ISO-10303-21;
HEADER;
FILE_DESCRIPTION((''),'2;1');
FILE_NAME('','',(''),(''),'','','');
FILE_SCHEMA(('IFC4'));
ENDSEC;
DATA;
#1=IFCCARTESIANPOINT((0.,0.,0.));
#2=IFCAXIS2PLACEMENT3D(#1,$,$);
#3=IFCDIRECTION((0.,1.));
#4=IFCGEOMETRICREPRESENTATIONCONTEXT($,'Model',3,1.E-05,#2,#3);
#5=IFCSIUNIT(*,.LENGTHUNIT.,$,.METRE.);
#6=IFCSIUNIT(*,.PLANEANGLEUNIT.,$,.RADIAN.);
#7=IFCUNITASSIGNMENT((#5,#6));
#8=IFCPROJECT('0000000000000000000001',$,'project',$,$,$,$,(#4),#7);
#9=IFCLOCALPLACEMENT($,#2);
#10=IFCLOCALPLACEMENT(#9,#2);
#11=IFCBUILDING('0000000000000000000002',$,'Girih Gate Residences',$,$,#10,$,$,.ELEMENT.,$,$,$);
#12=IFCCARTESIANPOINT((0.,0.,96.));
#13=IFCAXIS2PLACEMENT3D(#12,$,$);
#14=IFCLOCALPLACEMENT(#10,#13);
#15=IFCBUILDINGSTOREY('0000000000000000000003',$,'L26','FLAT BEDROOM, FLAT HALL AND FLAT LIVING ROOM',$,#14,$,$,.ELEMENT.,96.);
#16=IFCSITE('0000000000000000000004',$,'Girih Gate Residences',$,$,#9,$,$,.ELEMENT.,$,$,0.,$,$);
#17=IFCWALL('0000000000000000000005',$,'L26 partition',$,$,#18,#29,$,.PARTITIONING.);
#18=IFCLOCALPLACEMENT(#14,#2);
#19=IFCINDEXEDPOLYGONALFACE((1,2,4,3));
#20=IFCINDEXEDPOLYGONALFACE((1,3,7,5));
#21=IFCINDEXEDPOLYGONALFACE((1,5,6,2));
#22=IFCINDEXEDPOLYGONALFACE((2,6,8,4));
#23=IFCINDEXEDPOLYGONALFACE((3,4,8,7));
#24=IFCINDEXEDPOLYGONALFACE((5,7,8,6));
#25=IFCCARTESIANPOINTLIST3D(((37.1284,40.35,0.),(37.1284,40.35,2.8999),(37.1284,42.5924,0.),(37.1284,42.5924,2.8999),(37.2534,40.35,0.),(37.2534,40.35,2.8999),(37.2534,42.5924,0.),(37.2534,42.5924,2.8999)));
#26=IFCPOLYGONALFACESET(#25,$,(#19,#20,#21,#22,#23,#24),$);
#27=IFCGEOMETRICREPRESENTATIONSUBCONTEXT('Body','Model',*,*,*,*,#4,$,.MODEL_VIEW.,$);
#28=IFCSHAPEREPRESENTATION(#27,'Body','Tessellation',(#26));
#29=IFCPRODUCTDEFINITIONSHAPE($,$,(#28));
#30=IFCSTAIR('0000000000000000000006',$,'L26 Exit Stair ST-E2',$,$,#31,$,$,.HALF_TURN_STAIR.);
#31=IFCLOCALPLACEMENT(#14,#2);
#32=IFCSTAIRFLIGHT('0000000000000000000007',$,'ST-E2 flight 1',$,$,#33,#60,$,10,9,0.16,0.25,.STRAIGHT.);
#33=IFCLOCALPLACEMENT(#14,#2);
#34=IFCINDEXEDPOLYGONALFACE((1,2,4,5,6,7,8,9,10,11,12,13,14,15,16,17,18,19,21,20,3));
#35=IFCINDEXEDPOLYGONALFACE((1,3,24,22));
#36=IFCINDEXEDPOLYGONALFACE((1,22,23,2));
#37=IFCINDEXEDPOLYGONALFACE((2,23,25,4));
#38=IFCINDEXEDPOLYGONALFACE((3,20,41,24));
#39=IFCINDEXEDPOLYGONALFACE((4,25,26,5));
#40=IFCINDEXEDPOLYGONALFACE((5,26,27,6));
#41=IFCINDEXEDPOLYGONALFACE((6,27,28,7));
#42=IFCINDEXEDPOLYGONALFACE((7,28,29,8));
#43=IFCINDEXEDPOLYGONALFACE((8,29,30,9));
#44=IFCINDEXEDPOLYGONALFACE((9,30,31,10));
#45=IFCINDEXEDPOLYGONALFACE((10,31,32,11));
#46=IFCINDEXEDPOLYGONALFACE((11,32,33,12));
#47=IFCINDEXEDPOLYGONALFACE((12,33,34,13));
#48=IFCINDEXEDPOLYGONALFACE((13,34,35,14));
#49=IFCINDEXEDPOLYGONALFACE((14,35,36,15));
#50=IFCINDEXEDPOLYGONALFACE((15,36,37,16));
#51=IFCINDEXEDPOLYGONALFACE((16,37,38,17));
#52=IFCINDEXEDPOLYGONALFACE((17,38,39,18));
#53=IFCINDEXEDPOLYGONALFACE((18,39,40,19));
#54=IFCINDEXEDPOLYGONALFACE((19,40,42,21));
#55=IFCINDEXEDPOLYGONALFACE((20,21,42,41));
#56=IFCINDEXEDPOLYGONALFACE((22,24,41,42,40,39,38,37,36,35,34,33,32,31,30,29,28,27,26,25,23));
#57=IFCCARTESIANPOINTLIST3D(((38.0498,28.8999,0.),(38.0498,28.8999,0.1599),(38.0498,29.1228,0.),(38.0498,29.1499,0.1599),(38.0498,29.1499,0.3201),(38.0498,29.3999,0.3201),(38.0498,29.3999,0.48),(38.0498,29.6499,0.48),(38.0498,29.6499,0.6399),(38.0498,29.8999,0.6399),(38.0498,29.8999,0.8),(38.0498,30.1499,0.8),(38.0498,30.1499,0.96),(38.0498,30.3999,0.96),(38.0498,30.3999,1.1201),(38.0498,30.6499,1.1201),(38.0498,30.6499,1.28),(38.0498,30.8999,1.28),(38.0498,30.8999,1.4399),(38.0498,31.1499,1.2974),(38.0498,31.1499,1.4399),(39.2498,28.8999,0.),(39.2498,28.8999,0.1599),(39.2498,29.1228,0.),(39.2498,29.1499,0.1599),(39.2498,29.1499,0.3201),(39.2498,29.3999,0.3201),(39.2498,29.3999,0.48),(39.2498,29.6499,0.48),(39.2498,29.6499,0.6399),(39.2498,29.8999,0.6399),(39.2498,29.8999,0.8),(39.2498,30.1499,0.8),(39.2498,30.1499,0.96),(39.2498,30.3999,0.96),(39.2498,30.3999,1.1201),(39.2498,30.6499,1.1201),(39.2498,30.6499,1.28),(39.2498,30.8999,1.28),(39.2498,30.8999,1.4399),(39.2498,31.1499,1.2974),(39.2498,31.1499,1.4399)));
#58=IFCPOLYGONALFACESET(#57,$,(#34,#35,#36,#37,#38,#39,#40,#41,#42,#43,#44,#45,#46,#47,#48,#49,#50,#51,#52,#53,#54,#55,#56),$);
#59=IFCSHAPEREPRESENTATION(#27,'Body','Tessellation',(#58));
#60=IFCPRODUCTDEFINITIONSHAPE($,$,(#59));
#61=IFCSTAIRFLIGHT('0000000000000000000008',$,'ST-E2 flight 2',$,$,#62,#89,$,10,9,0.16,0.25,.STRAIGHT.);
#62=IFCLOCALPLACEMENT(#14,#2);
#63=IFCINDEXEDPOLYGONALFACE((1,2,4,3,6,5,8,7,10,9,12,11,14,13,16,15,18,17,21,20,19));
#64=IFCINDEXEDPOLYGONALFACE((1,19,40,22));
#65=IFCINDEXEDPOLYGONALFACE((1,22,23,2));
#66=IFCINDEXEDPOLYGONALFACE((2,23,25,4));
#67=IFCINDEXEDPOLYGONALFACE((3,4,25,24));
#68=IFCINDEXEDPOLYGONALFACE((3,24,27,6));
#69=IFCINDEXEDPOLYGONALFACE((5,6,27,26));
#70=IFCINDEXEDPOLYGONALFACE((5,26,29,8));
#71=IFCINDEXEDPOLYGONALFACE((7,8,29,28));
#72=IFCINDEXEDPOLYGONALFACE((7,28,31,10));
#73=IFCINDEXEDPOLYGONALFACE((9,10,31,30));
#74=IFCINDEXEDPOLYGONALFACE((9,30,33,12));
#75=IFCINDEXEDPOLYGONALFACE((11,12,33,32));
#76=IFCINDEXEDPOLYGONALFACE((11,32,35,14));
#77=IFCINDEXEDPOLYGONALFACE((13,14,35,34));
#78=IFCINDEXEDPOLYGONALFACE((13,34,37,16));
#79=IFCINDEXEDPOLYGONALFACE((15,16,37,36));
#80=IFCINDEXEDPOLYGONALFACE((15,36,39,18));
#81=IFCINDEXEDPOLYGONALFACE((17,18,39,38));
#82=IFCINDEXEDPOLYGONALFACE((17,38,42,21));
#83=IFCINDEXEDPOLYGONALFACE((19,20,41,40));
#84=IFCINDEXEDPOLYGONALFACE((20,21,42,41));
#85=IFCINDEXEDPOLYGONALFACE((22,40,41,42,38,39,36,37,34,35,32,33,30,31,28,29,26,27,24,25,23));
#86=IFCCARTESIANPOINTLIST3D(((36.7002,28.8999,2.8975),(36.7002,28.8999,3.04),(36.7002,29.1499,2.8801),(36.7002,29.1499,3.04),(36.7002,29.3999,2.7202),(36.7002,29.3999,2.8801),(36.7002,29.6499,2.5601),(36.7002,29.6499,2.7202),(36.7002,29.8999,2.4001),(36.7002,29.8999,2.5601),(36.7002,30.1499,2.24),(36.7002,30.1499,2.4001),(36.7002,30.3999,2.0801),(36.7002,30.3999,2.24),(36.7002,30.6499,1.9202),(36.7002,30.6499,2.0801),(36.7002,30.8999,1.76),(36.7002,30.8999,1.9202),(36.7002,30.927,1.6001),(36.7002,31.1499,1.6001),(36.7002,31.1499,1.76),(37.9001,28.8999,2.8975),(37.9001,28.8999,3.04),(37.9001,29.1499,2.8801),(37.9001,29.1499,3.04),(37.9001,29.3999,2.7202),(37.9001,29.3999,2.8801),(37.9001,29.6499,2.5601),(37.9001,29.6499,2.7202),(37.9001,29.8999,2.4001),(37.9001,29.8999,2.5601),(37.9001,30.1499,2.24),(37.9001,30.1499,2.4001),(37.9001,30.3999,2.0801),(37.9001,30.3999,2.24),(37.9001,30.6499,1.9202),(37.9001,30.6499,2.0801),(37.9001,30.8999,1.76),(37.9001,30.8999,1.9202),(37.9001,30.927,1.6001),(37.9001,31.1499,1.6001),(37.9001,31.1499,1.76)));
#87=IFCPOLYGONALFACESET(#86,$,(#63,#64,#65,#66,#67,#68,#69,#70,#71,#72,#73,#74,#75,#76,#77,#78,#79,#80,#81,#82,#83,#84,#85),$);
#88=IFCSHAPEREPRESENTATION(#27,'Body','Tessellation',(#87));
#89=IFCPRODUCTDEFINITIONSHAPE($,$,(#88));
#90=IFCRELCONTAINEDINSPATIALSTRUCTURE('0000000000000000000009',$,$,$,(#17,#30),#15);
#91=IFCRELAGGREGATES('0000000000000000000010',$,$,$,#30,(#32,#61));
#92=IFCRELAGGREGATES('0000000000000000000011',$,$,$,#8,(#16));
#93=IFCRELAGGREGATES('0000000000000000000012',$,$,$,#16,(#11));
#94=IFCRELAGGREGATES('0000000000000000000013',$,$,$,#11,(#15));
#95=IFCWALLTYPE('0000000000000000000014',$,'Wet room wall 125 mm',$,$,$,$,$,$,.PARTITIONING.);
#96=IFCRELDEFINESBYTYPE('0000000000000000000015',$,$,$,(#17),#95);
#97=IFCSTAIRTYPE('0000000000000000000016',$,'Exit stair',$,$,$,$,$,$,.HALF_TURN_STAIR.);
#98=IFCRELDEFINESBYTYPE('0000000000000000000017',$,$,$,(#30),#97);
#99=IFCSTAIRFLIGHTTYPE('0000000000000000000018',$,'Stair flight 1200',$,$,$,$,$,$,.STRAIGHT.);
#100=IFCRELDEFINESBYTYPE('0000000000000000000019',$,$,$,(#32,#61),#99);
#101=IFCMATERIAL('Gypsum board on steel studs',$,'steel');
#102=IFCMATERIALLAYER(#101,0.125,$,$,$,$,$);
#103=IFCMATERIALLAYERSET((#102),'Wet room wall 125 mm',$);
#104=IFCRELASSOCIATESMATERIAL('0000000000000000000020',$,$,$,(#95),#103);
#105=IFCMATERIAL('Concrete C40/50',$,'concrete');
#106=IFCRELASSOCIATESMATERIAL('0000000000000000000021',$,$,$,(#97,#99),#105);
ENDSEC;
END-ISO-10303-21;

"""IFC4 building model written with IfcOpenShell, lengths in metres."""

from ifc_helpers import new_model, si_unit, direction, frame, frame_2d, origin, place, context, subcontext, project, spatial, polyline, rectangle, outline, extrude, material, layer, layer_set, type_object, element, aggregate, save


model = new_model("IFC4")

# Units and contexts
model_context = context("Model", 3, precision=1e-05, world=origin(), true_north=direction((0.0, 1.0)))
body_context = subcontext(model_context, "Body", "Model", "MODEL_VIEW")
ifc_project = project(units=[si_unit("LENGTHUNIT", "METRE"), si_unit("PLANEANGLEUNIT", "RADIAN")], contexts=[model_context])

# Site, building, storey
site_placement = place(None, origin())
site = spatial("IfcSite", under=ifc_project, at=site_placement, Name="Girih Gate Residences", CompositionType="ELEMENT", RefElevation=0.0)
building_placement = place(site_placement, origin())
building = spatial("IfcBuilding", under=site, at=building_placement, Name="Girih Gate Residences", CompositionType="ELEMENT")
storey_placement = place(building_placement, frame((0.0, 0.0, 96.0)))
storey = spatial("IfcBuildingStorey", under=building, at=storey_placement, Name="L26", Description="FLAT BEDROOM, FLAT HALL AND FLAT LIVING ROOM", CompositionType="ELEMENT", Elevation=96.0)

# Shared definitions
ifc_material_1 = material(Name="Gypsum board on steel studs", Category="steel")

# Shared definitions
ifc_material_2 = material(Name="Concrete C40/50", Category="concrete")

# Wall
ifc_layer_1 = layer(ifc_material_1, 0.125)
ifc_layer_set_1 = layer_set([ifc_layer_1], Name="Wet room wall 125 mm")
wall_type_1 = type_object("IfcWallType", Name="Wet room wall 125 mm", PredefinedType="PARTITIONING", material=ifc_layer_set_1)
wall_1_placement = place(storey_placement, frame((37.1909, 40.3501, 0.0), z_axis=(0.0, 0.0, 1.0), x_axis=(0.0, 1.0, 0.0)))
element("IfcWall", 1, at=wall_1_placement, inside=storey, type_object=wall_type_1, Name="L26 partition", PredefinedType="PARTITIONING", context=body_context, shape_type="SweptSolid", body=[
    extrude(rectangle(XDim=2.2424, YDim=0.125, at=frame_2d((1.1211, 0.0))), origin(), (0.0, 0.0, 1.0), 2.8999),
])

# Stair, stair flights
stair_type = type_object("IfcStairType", Name="Exit stair", PredefinedType="HALF_TURN_STAIR", material=ifc_material_2)
stair_placement = place(storey_placement, origin())
stair = element("IfcStair", 2, at=stair_placement, inside=storey, type_object=stair_type, Name="L26 Exit Stair ST-E2", PredefinedType="HALF_TURN_STAIR")
stair_flight_type = type_object("IfcStairFlightType", Name="Stair flight 1200", PredefinedType="STRAIGHT", material=ifc_material_2)
stair_flight_1_placement = place(storey_placement, frame((38.6499, 28.8999, 0.0), z_axis=(0.0, 0.0, 1.0), x_axis=(0.0, 1.0, 0.0)))
stair_flight_1 = element("IfcStairFlight", 3, at=stair_flight_1_placement, type_object=stair_flight_type, Name="ST-E2 flight 1", NumberOfRisers=10, NumberOfTreads=9, PredefinedType="STRAIGHT", RiserHeight=0.16, TreadLength=0.25, context=body_context, shape_type="SweptSolid", body=[
    extrude(outline(polyline([(0.0, 0.0), (0.0, 0.1599), (0.25, 0.1599), (0.25, 0.3201), (0.5, 0.3201), (0.5, 0.48), (0.75, 0.48), (0.75, 0.6399), (1.0, 0.6399), (1.0, 0.8), (1.25, 0.8), (1.25, 0.96), (1.5, 0.96), (1.5, 1.1201), (1.75, 1.1201), (1.75, 1.28), (2.0, 1.28), (2.0, 1.4399), (2.25, 1.4399), (2.25, 1.6001), (2.25, 1.2974), (0.2229, 0.0), (0.0, 0.0)])), frame((0.0, 0.6001, 0.0), z_axis=(0.0, -1.0, 0.0), x_axis=(1.0, 0.0, 0.0)), (0.0, 0.0, 1.0), 1.2),
])
stair_flight_2_placement = place(storey_placement, frame((37.3, 31.1499, 1.6001), z_axis=(0.0, 0.0, 1.0), x_axis=(0.0, -1.0, 0.0)))
stair_flight_2 = element("IfcStairFlight", 4, at=stair_flight_2_placement, type_object=stair_flight_type, Name="ST-E2 flight 2", NumberOfRisers=10, NumberOfTreads=9, PredefinedType="STRAIGHT", RiserHeight=0.16, TreadLength=0.25, context=body_context, shape_type="SweptSolid", body=[
    extrude(outline(polyline([(0.0, 0.0), (0.0, 0.1599), (0.25, 0.1599), (0.25, 0.3201), (0.5, 0.3201), (0.5, 0.48), (0.75, 0.48), (0.75, 0.6399), (1.0, 0.6399), (1.0, 0.8), (1.25, 0.8), (1.25, 0.96), (1.5, 0.96), (1.5, 1.1201), (1.75, 1.1201), (1.75, 1.28), (2.0, 1.28), (2.0, 1.4399), (2.25, 1.4399), (2.25, 1.6001), (2.25, 1.2974), (0.2229, 0.0), (0.0, 0.0)])), frame((0.0, 0.6001, 0.0), z_axis=(0.0, -1.0, 0.0), x_axis=(1.0, 0.0, 0.0)), (0.0, 0.0, 1.0), 1.2),
])
aggregate(stair, [stair_flight_1, stair_flight_2])

save(model, "model.ifc")
